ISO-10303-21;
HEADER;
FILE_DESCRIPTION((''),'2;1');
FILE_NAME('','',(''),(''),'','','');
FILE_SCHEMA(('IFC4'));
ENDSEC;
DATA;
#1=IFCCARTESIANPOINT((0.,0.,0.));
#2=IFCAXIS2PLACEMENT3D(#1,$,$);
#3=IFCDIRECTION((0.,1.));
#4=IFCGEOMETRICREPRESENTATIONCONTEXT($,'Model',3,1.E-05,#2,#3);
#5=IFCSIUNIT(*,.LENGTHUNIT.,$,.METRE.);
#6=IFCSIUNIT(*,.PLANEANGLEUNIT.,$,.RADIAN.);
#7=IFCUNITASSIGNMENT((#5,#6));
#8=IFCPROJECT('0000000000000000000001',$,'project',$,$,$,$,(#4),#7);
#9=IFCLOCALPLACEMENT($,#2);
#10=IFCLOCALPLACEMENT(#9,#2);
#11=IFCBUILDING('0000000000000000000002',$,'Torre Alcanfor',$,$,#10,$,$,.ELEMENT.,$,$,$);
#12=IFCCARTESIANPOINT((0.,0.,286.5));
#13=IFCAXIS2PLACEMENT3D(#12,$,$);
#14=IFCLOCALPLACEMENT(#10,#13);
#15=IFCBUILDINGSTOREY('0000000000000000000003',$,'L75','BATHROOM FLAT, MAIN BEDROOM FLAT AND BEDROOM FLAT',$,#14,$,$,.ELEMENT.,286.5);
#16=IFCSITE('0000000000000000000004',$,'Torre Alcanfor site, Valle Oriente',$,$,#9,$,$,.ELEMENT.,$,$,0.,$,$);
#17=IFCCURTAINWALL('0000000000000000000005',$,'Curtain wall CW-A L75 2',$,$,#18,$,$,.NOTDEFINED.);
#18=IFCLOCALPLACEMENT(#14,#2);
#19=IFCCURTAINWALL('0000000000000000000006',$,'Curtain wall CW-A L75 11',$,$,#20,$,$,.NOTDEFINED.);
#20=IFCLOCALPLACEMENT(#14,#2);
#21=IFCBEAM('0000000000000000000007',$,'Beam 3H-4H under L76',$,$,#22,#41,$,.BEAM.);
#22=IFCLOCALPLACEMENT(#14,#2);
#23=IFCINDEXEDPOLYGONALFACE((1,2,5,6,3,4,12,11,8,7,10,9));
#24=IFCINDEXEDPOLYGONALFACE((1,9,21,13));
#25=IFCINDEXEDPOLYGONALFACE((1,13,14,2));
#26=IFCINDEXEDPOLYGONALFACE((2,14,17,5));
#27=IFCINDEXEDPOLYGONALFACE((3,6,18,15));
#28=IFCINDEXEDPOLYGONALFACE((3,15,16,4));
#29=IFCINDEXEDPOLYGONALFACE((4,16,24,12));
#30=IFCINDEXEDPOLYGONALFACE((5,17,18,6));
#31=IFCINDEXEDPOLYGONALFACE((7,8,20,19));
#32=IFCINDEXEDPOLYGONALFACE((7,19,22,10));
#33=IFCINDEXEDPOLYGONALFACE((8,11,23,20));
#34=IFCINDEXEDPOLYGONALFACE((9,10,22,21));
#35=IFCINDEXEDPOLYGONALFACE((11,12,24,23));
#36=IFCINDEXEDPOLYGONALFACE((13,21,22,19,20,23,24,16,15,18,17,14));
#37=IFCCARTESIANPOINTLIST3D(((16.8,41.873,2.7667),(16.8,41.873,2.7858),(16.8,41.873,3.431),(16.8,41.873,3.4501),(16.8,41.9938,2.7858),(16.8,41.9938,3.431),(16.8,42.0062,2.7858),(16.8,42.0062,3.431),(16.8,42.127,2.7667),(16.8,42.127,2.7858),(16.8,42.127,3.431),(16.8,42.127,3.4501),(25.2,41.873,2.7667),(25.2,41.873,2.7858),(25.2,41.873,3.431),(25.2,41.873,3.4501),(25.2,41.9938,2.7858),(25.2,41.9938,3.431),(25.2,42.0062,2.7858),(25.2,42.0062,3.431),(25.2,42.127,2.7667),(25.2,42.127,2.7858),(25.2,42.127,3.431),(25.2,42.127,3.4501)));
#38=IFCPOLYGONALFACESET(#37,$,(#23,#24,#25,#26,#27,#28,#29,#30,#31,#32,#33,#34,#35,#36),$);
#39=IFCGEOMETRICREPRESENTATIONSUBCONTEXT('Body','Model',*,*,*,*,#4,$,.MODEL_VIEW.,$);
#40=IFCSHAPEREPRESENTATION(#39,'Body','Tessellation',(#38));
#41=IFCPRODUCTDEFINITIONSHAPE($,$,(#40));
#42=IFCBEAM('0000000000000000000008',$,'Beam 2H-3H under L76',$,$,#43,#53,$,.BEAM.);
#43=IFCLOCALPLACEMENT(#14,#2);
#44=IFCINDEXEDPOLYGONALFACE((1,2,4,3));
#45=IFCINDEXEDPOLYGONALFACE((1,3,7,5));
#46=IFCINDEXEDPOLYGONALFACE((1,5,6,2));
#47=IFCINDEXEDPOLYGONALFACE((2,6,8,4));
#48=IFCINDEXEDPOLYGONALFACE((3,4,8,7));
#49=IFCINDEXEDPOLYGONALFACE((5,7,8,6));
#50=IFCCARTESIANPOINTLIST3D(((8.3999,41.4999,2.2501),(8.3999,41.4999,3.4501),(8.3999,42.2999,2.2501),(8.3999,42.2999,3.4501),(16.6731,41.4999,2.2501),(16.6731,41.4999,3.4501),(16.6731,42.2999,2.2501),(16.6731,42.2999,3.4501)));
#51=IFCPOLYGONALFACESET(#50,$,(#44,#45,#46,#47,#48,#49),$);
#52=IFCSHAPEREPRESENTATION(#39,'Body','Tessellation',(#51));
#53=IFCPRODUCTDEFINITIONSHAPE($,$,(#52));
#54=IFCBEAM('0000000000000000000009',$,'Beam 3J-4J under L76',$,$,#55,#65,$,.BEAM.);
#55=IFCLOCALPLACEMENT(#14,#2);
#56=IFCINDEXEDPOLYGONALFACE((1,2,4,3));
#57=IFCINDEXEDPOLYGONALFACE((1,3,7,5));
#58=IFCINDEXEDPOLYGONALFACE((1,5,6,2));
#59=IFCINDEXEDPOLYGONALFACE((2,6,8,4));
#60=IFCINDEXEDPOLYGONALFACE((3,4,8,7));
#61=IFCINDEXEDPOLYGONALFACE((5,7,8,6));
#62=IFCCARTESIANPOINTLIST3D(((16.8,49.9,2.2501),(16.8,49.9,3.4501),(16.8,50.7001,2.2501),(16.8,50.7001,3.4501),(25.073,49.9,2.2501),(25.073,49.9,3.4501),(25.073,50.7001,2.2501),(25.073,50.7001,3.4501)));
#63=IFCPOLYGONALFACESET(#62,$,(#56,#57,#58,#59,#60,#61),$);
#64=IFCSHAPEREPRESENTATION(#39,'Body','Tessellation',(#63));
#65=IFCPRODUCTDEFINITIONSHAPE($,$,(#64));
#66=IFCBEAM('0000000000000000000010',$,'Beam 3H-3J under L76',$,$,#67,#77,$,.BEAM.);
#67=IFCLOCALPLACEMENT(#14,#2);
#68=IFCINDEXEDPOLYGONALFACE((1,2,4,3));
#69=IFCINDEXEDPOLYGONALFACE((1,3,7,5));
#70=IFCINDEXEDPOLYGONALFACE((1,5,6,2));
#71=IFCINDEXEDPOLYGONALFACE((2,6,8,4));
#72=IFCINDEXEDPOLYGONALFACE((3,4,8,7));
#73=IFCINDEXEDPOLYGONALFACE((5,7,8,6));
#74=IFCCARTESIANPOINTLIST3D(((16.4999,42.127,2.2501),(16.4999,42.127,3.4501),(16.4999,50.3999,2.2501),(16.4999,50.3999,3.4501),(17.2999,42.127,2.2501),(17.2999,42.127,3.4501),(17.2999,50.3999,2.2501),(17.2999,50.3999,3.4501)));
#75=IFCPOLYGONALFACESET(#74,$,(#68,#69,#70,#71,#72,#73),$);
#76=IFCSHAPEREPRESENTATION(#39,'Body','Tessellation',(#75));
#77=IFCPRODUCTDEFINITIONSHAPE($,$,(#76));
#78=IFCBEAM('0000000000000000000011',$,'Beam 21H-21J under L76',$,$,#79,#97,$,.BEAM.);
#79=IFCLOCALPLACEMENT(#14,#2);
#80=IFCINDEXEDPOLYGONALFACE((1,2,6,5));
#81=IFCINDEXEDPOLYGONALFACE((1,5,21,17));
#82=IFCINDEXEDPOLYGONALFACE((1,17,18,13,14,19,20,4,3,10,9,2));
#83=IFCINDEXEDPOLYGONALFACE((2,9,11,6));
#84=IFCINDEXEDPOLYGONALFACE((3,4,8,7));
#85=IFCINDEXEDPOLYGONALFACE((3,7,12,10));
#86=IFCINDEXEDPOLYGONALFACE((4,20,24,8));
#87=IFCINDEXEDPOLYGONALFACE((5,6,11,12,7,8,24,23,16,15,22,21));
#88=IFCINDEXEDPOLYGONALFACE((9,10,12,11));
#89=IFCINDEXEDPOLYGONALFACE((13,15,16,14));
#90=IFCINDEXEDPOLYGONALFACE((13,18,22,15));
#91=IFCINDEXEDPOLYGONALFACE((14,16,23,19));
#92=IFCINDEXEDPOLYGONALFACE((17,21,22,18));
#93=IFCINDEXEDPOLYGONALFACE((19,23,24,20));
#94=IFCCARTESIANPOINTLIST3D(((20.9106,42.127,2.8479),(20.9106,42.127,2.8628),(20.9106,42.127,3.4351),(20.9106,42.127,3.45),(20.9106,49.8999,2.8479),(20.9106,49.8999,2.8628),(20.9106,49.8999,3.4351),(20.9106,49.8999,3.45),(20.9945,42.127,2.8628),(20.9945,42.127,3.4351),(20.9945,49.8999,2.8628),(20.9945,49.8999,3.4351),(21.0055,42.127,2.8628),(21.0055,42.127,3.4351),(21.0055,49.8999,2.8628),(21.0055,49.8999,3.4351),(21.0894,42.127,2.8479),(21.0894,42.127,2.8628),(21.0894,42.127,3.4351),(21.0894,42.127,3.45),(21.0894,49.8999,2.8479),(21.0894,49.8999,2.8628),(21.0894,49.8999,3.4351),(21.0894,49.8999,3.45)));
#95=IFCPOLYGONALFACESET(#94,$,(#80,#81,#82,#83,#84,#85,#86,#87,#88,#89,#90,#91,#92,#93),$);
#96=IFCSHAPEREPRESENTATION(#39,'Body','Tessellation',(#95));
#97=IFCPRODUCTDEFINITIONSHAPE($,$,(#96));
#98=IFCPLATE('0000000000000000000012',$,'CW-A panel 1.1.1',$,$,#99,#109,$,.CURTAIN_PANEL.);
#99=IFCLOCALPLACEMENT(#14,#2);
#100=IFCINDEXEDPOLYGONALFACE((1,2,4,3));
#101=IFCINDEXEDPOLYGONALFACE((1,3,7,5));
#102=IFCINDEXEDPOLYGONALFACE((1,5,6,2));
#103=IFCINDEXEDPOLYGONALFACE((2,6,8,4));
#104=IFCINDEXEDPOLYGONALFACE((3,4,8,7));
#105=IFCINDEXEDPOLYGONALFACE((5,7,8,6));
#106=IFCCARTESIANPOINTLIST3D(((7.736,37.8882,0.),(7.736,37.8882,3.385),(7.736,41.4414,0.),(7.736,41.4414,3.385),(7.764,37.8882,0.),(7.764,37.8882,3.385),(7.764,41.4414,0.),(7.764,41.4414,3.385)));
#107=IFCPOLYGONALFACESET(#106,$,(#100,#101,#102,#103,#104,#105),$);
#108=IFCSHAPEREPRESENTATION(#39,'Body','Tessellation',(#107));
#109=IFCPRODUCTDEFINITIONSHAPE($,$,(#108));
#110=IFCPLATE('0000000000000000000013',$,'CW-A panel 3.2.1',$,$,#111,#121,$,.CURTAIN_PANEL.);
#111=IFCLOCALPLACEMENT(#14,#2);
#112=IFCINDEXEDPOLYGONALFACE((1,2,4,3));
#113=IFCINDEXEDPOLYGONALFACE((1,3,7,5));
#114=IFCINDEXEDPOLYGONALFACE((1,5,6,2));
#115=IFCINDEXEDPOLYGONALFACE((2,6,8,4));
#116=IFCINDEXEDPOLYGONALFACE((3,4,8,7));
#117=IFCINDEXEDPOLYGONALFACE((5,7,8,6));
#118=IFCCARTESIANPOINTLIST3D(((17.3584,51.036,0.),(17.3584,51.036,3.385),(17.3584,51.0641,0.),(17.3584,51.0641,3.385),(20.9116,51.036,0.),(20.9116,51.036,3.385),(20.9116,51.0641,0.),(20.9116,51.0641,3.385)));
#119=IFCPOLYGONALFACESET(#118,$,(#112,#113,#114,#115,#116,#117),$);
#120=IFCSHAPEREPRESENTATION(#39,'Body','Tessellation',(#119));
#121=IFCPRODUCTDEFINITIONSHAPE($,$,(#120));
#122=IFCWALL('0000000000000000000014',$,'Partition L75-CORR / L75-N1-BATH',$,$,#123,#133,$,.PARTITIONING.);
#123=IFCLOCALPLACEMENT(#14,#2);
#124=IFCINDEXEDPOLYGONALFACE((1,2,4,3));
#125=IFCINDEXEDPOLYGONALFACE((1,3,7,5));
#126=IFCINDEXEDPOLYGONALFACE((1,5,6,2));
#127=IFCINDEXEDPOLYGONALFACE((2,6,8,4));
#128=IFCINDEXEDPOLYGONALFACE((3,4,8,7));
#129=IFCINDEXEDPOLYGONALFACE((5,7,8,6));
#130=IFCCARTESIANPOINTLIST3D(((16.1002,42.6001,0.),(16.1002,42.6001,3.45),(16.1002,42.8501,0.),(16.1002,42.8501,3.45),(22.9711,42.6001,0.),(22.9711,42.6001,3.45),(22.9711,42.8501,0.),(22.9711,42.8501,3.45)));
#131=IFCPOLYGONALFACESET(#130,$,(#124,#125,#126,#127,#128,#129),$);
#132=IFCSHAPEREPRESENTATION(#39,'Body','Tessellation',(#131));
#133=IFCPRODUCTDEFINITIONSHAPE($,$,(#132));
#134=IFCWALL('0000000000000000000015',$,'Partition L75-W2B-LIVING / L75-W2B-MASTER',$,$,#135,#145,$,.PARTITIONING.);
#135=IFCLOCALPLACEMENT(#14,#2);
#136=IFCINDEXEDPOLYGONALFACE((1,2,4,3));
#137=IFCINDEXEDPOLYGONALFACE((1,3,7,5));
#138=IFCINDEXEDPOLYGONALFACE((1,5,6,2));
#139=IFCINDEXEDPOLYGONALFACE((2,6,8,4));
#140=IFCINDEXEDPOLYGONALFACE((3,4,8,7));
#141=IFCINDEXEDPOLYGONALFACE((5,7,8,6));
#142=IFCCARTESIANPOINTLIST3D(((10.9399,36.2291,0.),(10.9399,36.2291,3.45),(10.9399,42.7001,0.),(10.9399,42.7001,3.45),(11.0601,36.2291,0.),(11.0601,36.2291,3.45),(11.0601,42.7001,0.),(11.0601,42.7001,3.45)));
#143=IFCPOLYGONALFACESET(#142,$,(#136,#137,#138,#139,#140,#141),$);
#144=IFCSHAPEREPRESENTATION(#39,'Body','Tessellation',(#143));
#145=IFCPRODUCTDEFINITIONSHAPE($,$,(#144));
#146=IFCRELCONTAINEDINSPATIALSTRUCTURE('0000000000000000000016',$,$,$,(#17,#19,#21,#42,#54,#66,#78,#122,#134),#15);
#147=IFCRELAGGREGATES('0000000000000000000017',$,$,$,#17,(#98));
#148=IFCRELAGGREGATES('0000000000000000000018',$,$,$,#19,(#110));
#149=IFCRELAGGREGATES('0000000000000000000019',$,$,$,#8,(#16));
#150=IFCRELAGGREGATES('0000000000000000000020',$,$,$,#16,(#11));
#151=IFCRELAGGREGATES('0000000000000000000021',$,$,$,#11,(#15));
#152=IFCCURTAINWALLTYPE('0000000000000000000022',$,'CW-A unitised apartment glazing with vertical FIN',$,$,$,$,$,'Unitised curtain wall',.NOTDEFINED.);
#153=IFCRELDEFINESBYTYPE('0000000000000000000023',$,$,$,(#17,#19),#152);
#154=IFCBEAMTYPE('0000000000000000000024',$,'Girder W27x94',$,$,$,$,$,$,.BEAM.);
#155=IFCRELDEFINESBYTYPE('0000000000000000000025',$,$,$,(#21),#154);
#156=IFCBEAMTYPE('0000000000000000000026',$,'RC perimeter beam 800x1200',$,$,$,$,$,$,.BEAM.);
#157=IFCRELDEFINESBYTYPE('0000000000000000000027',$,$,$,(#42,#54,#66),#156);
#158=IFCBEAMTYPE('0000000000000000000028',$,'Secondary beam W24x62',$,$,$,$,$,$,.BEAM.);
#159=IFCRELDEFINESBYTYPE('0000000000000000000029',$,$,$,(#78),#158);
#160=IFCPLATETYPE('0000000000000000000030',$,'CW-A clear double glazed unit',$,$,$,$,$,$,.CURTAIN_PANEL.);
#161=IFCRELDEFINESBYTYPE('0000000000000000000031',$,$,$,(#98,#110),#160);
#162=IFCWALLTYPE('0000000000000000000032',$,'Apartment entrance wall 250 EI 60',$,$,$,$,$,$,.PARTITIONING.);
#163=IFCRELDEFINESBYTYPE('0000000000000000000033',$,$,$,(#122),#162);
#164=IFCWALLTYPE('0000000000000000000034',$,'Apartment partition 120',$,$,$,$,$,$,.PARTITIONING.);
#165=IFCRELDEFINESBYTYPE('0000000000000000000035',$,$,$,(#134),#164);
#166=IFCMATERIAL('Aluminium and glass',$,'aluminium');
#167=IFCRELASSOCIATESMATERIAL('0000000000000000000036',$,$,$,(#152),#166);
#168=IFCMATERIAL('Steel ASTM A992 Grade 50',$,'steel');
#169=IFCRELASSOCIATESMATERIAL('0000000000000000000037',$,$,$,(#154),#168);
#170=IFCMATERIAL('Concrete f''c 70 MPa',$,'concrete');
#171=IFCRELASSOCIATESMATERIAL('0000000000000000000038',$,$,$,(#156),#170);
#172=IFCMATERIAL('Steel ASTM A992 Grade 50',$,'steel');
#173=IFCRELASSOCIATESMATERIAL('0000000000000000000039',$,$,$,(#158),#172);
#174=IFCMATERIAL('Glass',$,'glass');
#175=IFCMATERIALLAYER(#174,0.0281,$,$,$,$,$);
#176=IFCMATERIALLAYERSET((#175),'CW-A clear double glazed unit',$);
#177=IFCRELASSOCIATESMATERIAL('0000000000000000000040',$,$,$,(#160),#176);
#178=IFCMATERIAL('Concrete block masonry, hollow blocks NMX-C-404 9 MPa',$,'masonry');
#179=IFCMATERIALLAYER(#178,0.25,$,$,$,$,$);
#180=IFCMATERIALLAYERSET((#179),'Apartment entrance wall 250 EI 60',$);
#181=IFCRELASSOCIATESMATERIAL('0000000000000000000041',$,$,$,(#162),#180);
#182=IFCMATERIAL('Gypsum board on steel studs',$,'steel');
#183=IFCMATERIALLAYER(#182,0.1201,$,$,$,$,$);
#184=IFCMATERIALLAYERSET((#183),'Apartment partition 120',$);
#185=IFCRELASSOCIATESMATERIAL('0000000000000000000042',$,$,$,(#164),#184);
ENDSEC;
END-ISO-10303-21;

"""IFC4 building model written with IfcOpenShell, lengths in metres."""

from ifc_helpers import new_model, si_unit, direction, frame, frame_2d, origin, origin_2d, place, context, subcontext, project, spatial, rectangle, i_section, extrude, material, layer, layer_set, material_profile, profile_set, type_object, element, aggregate, save


model = new_model("IFC4")

# Units and contexts
model_context = context("Model", 3, precision=1e-05, world=origin(), true_north=direction((0.0, 1.0)))
body_context = subcontext(model_context, "Body", "Model", "MODEL_VIEW")
ifc_project = project(units=[si_unit("LENGTHUNIT", "METRE"), si_unit("PLANEANGLEUNIT", "RADIAN")], contexts=[model_context])

# Site, building, storey
site_placement = place(None, origin())
site = spatial("IfcSite", under=ifc_project, at=site_placement, Name="Torre Alcanfor site, Valle Oriente", CompositionType="ELEMENT", RefElevation=0.0)
building_placement = place(site_placement, origin())
building = spatial("IfcBuilding", under=site, at=building_placement, Name="Torre Alcanfor", CompositionType="ELEMENT")
storey_placement = place(building_placement, frame((0.0, 0.0, 286.5)))
storey = spatial("IfcBuildingStorey", under=building, at=storey_placement, Name="L75", Description="BATHROOM FLAT, MAIN BEDROOM FLAT AND BEDROOM FLAT", CompositionType="ELEMENT", Elevation=286.5)

# Curtain wall
ifc_material_1 = material(Name="Aluminium and glass", Category="aluminium")
curtain_wall_type = type_object("IfcCurtainWallType", Name="CW-A unitised apartment glazing with vertical FIN", ElementType="Unitised curtain wall", PredefinedType="NOTDEFINED", material=ifc_material_1)
curtain_wall_1_placement = place(storey_placement, origin())
curtain_wall_1 = element("IfcCurtainWall", 1, at=curtain_wall_1_placement, inside=storey, type_object=curtain_wall_type, Name="Curtain wall CW-A L75 2", PredefinedType="NOTDEFINED")

# Curtain wall
curtain_wall_2_placement = place(storey_placement, origin())
curtain_wall_2 = element("IfcCurtainWall", 2, at=curtain_wall_2_placement, inside=storey, type_object=curtain_wall_type, Name="Curtain wall CW-A L75 11", PredefinedType="NOTDEFINED")

# Beams
ifc_material_2 = material(Name="Steel ASTM A992 Grade 50", Category="steel")
ifc_material_profile_1 = material_profile(ifc_material_2, i_section(OverallWidth=0.2539, OverallDepth=0.6833, WebThickness=0.0125, FlangeThickness=0.019, at=origin_2d()), Name="W27x94")
ifc_profile_set_1 = profile_set([ifc_material_profile_1], Name="Steel ASTM A992 Grade 50")
beam_type_1 = type_object("IfcBeamType", Name="Girder W27x94", PredefinedType="BEAM", material=ifc_profile_set_1)
beam_1_placement = place(storey_placement, frame((16.8, 42.0, 3.1084), z_axis=(1.0, 0.0, 0.0), x_axis=(0.0, 1.0, 0.0)))
element("IfcBeam", 3, at=beam_1_placement, inside=storey, type_object=beam_type_1, Name="Beam 3H-4H under L76", PredefinedType="BEAM", context=body_context, shape_type="SweptSolid", body=[
    extrude(i_section(OverallWidth=0.2539, OverallDepth=0.6833, WebThickness=0.0125, FlangeThickness=0.019, at=origin_2d()), origin(), (0.0, 0.0, 1.0), 8.3999),
])
ifc_material_3 = material(Name="Concrete f'c 70 MPa", Category="concrete")
ifc_material_profile_2 = material_profile(ifc_material_3, rectangle(XDim=0.8, YDim=1.2, at=origin_2d()), Name="800x1200")
ifc_profile_set_2 = profile_set([ifc_material_profile_2], Name="Concrete f'c 70 MPa")
beam_type_2 = type_object("IfcBeamType", Name="RC perimeter beam 800x1200", PredefinedType="BEAM", material=ifc_profile_set_2)
beam_2_placement = place(storey_placement, frame((8.3999, 41.8999, 2.8501), z_axis=(1.0, 0.0, 0.0), x_axis=(0.0, 1.0, 0.0)))
element("IfcBeam", 4, at=beam_2_placement, inside=storey, type_object=beam_type_2, Name="Beam 2H-3H under L76", PredefinedType="BEAM", context=body_context, shape_type="SweptSolid", body=[
    extrude(rectangle(XDim=0.8, YDim=1.2, at=origin_2d()), origin(), (0.0, 0.0, 1.0), 8.2732),
])
for number, where, z_axis, x_axis, name in (
    (5, (16.8, 50.3, 2.8501), (1.0, 0.0, 0.0), (0.0, 1.0, 0.0), "Beam 3J-4J under L76"),
    (6, (16.8999, 42.127, 2.8501), (0.0, 1.0, 0.0), (-1.0, 0.0, 0.0), "Beam 3H-3J under L76"),
):
    element("IfcBeam", number, at=place(storey_placement, frame(where, z_axis=z_axis, x_axis=x_axis)), inside=storey, type_object=beam_type_2, Name=name, PredefinedType="BEAM", context=body_context, shape_type="SweptSolid", body=[
        extrude(rectangle(XDim=0.8, YDim=1.2, at=origin_2d()), origin(), (0.0, 0.0, 1.0), 8.2729),
    ])
ifc_material_4 = material(Name="Steel ASTM A992 Grade 50", Category="steel")
ifc_material_profile_3 = material_profile(ifc_material_4, i_section(OverallWidth=0.1787, OverallDepth=0.6021, WebThickness=0.011, FlangeThickness=0.0149, at=origin_2d()), Name="W24x62")
ifc_profile_set_3 = profile_set([ifc_material_profile_3], Name="Steel ASTM A992 Grade 50")
beam_type_3 = type_object("IfcBeamType", Name="Secondary beam W24x62", PredefinedType="BEAM", material=ifc_profile_set_3)
beam_3_placement = place(storey_placement, frame((21.0, 42.127, 3.1489), z_axis=(0.0, 1.0, 0.0), x_axis=(-1.0, 0.0, 0.0)))
element("IfcBeam", 7, at=beam_3_placement, inside=storey, type_object=beam_type_3, Name="Beam 21H-21J under L76", PredefinedType="BEAM", context=body_context, shape_type="SweptSolid", body=[
    extrude(i_section(OverallWidth=0.1787, OverallDepth=0.6021, WebThickness=0.011, FlangeThickness=0.0149, at=origin_2d()), origin(), (0.0, 0.0, 1.0), 7.7729),
])

# Plates
ifc_material_5 = material(Name="Glass", Category="glass")
ifc_layer_1 = layer(ifc_material_5, 0.0281)
ifc_layer_set_1 = layer_set([ifc_layer_1], Name="CW-A clear double glazed unit")
plate_type = type_object("IfcPlateType", Name="CW-A clear double glazed unit", PredefinedType="CURTAIN_PANEL", material=ifc_layer_set_1)
plate_1_placement = place(storey_placement, frame((7.75, 39.6648, 0.0), z_axis=(0.0, 0.0, 1.0), x_axis=(0.0, -1.0, 0.0)))
plate_1 = element("IfcPlate", 8, at=plate_1_placement, type_object=plate_type, Name="CW-A panel 1.1.1", PredefinedType="CURTAIN_PANEL", context=body_context, shape_type="SweptSolid", body=[
    extrude(rectangle(XDim=3.5532, YDim=0.0281, at=origin_2d()), origin(), (0.0, 0.0, 1.0), 3.385),
])
aggregate(curtain_wall_1, [plate_1])
plate_2_placement = place(storey_placement, frame((19.135, 51.05, 0.0), z_axis=(0.0, 0.0, 1.0), x_axis=(-1.0, 0.0, 0.0)))
plate_2 = element("IfcPlate", 9, at=plate_2_placement, type_object=plate_type, Name="CW-A panel 3.2.1", PredefinedType="CURTAIN_PANEL", context=body_context, shape_type="SweptSolid", body=[
    extrude(rectangle(XDim=3.5532, YDim=0.0281, at=origin_2d()), origin(), (0.0, 0.0, 1.0), 3.385),
])
aggregate(curtain_wall_2, [plate_2])

# Walls
ifc_material_6 = material(Name="Concrete block masonry, hollow blocks NMX-C-404 9 MPa", Category="masonry")
ifc_layer_2 = layer(ifc_material_6, 0.25)
ifc_layer_set_2 = layer_set([ifc_layer_2], Name="Apartment entrance wall 250 EI 60")
wall_type_1 = type_object("IfcWallType", Name="Apartment entrance wall 250 EI 60", PredefinedType="PARTITIONING", material=ifc_layer_set_2)
wall_1_placement = place(storey_placement, frame((16.1001, 42.7251, 0.0), z_axis=(0.0, 0.0, 1.0), x_axis=(1.0, 0.0, 0.0)))
element("IfcWall", 10, at=wall_1_placement, inside=storey, type_object=wall_type_1, Name="Partition L75-CORR / L75-N1-BATH", PredefinedType="PARTITIONING", context=body_context, shape_type="SweptSolid", body=[
    extrude(rectangle(XDim=6.8708, YDim=0.25, at=frame_2d((3.4355, 0.0))), origin(), (0.0, 0.0, 1.0), 3.45),
])
ifc_material_7 = material(Name="Gypsum board on steel studs", Category="steel")
ifc_layer_3 = layer(ifc_material_7, 0.1201)
ifc_layer_set_3 = layer_set([ifc_layer_3], Name="Apartment partition 120")
wall_type_2 = type_object("IfcWallType", Name="Apartment partition 120", PredefinedType="PARTITIONING", material=ifc_layer_set_3)
wall_2_placement = place(storey_placement, frame((11.0, 42.7, 0.0), z_axis=(0.0, 0.0, 1.0), x_axis=(0.0, -1.0, 0.0)))
element("IfcWall", 11, at=wall_2_placement, inside=storey, type_object=wall_type_2, Name="Partition L75-W2B-LIVING / L75-W2B-MASTER", PredefinedType="PARTITIONING", context=body_context, shape_type="SweptSolid", body=[
    extrude(rectangle(XDim=6.4709, YDim=0.1201, at=frame_2d((3.2354, 0.0))), origin(), (0.0, 0.0, 1.0), 3.45),
])

save(model, "model.ifc")
